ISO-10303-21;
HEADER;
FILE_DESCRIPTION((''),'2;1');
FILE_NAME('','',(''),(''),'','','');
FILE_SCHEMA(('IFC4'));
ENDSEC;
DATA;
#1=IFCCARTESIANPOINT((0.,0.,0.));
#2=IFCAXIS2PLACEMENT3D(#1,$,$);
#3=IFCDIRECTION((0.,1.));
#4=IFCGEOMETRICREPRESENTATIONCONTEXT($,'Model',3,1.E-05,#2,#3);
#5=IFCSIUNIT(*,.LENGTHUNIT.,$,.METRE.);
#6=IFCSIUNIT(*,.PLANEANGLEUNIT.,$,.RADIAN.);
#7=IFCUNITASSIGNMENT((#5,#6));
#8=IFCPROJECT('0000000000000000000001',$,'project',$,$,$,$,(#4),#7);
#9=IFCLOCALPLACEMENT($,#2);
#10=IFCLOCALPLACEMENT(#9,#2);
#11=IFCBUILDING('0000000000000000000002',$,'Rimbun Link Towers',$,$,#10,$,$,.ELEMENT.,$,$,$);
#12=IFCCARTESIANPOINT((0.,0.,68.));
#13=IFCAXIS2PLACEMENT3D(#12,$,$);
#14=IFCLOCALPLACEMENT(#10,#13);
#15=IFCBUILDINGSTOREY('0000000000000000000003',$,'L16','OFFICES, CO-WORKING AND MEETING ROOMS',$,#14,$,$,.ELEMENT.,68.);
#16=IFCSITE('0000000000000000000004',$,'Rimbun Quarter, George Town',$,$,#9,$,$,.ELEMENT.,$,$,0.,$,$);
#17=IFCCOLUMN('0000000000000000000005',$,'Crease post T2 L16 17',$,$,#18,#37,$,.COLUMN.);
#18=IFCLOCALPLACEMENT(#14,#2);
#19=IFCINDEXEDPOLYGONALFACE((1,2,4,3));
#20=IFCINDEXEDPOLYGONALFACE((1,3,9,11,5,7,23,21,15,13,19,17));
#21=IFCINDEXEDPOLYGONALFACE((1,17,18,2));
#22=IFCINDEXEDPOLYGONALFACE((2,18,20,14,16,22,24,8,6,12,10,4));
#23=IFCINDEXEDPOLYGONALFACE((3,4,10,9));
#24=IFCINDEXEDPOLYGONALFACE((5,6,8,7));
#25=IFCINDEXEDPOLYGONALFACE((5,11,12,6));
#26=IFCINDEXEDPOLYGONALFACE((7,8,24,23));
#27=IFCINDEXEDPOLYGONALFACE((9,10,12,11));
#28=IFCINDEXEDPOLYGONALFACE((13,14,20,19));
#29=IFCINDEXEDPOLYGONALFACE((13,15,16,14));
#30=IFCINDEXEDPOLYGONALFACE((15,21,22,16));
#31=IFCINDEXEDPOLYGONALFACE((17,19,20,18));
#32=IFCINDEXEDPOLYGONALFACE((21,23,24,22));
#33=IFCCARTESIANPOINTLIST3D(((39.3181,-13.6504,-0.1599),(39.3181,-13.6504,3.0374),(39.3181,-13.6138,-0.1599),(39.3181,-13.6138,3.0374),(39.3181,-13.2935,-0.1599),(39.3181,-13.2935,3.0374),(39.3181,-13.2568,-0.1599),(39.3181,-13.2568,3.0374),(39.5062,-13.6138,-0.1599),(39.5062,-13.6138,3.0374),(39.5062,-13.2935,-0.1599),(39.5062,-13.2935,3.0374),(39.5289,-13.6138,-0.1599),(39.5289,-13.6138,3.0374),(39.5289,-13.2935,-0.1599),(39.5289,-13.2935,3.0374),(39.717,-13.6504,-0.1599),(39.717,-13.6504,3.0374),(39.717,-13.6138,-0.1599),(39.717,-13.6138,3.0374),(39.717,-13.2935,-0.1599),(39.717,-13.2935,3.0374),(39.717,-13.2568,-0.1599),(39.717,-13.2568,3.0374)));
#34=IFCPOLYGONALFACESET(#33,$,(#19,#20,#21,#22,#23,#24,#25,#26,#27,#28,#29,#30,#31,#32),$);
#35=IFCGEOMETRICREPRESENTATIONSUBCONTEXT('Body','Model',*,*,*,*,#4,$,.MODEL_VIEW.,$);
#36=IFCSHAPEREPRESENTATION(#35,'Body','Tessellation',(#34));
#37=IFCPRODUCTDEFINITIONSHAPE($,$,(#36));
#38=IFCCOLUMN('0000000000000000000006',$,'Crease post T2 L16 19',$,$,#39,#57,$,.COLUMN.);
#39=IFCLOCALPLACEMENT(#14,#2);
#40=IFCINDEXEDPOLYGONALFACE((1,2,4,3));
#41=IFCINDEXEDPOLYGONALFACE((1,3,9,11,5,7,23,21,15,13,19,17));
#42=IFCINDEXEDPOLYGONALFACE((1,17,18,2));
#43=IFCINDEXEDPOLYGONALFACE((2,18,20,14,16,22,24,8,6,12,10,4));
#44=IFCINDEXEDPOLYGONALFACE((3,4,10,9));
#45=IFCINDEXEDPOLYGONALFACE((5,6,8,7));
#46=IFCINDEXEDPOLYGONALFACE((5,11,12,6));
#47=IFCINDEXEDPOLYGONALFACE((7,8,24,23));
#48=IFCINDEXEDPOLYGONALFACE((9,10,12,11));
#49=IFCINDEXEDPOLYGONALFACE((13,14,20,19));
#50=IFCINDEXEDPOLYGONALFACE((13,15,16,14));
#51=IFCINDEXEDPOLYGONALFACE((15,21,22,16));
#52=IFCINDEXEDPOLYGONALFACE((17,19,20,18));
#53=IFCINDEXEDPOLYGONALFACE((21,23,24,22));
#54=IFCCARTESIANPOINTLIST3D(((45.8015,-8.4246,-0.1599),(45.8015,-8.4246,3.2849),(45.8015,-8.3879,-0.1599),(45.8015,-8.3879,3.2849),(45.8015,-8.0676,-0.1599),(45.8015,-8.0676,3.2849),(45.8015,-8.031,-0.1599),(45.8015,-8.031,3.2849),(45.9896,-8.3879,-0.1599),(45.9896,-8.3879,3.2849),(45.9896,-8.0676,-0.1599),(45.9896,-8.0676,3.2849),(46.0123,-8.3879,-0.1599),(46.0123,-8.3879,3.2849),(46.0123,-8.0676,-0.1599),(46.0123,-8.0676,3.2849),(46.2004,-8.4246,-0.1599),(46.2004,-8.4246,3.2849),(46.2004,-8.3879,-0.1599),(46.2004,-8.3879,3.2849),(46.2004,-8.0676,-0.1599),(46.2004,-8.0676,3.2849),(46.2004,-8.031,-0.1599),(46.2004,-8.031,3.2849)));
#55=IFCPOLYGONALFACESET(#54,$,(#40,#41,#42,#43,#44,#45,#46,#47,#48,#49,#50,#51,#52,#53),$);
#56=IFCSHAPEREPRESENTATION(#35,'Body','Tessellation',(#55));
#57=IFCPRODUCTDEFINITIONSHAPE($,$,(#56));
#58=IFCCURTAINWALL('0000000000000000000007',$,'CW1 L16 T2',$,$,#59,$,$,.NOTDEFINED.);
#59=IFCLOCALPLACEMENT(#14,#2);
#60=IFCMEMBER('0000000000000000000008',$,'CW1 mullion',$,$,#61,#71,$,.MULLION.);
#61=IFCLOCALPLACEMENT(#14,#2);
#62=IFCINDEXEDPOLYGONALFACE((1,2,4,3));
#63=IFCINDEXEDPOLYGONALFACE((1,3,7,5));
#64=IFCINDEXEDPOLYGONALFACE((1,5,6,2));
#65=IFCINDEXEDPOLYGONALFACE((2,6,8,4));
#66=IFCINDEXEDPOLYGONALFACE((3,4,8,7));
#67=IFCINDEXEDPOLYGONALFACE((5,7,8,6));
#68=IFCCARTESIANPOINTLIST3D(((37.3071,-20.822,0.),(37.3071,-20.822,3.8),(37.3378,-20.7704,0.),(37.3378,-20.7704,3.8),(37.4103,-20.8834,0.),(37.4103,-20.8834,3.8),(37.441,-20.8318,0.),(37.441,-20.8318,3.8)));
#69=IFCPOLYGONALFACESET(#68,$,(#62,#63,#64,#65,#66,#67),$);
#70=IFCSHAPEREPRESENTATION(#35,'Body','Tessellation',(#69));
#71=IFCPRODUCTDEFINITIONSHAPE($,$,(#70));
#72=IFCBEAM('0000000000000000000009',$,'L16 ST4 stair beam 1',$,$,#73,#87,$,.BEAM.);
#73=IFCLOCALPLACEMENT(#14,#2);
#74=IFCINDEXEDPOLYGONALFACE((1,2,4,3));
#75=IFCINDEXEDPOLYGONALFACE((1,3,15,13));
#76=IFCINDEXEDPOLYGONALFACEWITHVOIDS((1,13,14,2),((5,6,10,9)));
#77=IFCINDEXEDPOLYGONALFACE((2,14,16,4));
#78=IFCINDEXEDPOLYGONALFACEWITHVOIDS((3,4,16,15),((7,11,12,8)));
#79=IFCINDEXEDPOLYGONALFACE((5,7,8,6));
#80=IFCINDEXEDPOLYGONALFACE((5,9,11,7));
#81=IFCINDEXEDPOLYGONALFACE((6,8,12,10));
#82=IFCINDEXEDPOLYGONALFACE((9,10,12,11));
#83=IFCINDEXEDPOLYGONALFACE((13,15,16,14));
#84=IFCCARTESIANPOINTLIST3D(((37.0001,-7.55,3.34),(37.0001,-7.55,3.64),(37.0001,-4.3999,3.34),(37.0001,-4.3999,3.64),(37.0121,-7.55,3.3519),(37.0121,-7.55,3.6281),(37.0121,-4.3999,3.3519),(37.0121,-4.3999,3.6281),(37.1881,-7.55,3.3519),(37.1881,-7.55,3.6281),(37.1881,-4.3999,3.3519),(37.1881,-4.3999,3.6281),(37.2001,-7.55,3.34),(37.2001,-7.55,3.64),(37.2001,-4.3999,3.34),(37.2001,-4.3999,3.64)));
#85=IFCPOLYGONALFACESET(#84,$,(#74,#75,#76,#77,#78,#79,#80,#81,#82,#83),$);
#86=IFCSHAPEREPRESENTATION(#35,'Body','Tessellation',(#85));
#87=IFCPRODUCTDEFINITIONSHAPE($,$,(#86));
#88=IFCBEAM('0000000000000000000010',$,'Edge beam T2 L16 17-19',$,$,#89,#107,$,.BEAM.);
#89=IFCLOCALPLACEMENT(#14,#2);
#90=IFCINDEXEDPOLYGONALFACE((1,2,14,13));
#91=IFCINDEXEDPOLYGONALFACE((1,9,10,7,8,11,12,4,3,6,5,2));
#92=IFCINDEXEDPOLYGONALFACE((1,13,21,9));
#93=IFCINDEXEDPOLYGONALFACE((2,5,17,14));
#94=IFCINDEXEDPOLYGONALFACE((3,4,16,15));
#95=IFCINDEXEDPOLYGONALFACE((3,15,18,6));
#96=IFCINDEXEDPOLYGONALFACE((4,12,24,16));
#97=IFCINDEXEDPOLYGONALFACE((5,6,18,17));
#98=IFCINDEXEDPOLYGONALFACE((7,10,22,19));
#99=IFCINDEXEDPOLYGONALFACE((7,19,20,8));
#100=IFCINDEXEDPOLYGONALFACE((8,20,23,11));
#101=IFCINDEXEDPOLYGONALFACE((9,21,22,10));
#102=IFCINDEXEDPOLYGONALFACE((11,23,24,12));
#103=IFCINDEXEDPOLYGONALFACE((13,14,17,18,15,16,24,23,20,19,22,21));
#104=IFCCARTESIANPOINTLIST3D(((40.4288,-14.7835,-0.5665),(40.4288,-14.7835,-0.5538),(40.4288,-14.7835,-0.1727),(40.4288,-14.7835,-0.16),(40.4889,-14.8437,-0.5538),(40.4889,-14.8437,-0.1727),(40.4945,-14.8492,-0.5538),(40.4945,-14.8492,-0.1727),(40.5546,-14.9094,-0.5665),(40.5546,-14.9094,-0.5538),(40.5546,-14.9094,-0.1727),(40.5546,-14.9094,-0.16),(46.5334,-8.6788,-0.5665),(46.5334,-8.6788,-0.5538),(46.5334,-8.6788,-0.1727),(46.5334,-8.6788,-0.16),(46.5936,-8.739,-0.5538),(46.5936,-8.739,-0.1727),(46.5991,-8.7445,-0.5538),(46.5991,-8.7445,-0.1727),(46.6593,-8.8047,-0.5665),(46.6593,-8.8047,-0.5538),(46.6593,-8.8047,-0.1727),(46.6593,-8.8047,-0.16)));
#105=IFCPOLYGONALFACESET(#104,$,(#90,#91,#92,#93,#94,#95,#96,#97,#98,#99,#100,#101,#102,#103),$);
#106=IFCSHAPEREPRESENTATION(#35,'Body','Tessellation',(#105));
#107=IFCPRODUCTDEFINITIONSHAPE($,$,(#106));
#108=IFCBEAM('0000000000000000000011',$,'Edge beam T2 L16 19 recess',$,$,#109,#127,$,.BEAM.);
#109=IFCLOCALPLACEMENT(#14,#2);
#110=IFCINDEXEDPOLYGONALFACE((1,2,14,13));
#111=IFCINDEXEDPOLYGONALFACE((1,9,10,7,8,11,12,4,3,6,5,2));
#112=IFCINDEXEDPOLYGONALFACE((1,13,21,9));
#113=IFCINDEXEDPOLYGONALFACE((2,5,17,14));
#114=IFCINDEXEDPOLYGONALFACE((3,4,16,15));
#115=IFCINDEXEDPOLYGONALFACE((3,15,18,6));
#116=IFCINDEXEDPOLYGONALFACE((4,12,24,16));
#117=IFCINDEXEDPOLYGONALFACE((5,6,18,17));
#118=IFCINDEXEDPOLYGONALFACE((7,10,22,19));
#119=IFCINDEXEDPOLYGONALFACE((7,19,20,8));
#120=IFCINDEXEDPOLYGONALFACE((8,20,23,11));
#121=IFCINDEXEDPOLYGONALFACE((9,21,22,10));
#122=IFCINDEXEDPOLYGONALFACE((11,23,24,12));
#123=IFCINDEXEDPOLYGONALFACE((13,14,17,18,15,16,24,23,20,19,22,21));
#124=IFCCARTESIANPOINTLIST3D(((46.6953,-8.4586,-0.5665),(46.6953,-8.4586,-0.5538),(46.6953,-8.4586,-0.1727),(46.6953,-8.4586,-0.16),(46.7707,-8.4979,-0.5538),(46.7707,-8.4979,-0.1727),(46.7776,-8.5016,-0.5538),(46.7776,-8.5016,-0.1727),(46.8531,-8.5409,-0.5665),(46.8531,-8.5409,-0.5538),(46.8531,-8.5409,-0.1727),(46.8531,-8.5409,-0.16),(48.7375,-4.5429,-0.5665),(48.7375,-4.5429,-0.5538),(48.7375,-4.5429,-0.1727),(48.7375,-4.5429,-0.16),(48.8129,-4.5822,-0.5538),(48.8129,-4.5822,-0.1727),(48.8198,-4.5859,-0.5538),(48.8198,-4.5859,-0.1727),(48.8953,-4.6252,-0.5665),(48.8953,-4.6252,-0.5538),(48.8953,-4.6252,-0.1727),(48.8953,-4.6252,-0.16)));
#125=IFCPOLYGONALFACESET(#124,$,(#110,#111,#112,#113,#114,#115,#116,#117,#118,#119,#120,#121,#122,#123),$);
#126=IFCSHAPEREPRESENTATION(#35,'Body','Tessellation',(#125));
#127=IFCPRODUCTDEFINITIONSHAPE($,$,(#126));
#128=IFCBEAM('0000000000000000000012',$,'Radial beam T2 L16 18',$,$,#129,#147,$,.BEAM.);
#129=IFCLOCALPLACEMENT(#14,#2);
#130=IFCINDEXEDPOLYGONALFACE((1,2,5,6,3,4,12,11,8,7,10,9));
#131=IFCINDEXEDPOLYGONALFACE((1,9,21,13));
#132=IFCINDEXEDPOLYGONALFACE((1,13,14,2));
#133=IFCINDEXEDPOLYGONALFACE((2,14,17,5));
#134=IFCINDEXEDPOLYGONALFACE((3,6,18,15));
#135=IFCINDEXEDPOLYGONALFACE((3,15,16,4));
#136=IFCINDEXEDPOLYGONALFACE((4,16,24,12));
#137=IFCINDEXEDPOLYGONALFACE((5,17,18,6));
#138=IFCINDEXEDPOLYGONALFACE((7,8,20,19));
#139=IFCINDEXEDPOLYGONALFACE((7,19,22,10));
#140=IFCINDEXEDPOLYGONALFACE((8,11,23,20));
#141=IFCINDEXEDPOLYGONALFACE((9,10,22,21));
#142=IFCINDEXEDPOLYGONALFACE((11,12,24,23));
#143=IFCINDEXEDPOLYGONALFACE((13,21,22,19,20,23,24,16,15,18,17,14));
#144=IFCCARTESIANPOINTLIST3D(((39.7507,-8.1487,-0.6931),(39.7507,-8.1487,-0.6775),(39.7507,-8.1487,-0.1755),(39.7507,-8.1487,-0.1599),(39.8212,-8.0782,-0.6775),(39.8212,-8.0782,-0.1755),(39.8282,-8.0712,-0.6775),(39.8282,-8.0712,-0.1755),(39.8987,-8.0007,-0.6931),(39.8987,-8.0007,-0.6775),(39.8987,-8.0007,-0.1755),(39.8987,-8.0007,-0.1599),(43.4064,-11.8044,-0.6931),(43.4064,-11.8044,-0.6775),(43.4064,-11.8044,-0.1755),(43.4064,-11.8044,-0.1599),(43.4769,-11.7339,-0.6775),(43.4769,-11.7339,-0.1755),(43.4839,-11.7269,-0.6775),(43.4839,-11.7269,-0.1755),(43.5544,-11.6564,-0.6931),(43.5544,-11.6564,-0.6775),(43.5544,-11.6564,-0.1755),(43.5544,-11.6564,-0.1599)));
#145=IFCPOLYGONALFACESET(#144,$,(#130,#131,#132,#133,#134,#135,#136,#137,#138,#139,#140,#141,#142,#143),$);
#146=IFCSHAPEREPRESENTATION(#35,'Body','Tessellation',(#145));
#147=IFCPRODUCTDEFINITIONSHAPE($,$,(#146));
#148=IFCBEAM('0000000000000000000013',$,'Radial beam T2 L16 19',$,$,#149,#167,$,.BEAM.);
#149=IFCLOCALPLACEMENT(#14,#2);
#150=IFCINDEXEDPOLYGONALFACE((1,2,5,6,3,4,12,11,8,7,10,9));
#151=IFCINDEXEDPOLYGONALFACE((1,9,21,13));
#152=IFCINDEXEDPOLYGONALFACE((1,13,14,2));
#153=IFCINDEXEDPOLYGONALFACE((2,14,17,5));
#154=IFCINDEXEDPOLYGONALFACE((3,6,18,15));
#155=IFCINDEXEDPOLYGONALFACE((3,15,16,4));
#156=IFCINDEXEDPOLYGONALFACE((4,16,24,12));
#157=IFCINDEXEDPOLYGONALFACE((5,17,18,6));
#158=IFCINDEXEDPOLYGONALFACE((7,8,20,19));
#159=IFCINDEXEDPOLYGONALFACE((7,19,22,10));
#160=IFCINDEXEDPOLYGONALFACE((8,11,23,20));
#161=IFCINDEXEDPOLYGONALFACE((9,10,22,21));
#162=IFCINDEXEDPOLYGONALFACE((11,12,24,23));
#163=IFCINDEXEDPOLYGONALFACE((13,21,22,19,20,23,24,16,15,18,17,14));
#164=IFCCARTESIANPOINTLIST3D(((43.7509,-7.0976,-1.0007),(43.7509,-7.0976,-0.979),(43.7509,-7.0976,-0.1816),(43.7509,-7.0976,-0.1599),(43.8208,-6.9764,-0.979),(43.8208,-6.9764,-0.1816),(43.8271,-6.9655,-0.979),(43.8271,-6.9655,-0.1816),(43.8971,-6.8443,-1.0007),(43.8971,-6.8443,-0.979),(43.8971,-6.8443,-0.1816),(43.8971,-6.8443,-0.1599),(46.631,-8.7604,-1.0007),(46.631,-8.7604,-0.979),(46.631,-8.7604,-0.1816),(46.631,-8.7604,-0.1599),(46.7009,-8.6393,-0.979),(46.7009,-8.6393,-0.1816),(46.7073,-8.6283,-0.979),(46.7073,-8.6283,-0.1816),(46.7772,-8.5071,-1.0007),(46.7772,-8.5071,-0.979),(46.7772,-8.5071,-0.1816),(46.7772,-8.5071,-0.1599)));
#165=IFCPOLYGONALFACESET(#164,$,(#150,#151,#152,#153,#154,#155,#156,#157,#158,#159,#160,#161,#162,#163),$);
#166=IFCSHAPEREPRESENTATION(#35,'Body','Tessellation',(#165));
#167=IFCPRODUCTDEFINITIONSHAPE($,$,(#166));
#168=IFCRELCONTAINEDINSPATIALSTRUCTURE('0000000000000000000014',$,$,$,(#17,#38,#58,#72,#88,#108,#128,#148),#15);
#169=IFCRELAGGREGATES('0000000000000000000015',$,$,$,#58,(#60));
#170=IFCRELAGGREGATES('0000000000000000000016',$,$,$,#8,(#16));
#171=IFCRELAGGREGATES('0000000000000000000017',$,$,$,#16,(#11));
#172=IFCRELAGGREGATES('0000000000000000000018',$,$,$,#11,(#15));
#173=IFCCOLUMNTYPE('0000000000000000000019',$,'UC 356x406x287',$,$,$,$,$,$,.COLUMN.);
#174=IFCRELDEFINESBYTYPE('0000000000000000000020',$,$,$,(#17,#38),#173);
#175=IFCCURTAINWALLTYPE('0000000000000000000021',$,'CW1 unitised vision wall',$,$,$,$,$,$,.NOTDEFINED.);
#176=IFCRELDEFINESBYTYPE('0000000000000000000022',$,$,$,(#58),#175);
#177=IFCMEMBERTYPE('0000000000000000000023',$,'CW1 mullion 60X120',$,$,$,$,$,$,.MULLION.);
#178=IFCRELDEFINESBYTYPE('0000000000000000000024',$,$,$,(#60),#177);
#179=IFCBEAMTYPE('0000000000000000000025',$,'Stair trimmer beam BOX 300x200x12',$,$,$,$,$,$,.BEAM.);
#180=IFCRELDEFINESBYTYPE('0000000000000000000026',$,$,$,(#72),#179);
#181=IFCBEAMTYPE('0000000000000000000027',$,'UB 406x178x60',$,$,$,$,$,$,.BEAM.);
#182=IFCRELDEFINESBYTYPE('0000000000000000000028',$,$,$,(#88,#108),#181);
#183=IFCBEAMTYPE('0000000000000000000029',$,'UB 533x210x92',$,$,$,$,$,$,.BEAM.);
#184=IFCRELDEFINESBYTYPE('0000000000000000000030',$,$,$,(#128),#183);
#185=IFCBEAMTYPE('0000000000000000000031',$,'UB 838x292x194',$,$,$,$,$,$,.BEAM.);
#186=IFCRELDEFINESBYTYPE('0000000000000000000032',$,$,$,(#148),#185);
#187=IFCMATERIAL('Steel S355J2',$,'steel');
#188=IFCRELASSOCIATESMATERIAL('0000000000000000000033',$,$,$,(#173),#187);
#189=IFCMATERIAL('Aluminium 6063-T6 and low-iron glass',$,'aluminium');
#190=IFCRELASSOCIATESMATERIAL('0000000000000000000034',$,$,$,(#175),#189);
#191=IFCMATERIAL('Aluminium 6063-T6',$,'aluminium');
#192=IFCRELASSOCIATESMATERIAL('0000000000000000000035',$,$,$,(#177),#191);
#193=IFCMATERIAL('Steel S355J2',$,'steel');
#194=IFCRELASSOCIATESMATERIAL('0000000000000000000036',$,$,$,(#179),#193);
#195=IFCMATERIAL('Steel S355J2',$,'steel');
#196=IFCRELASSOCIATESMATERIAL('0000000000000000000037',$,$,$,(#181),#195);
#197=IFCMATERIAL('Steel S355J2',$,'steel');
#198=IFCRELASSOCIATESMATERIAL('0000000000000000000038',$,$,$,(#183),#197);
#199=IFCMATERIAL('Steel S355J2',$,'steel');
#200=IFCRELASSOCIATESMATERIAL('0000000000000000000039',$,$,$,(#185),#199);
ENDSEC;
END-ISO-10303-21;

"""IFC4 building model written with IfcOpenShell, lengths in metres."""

from ifc_helpers import new_model, si_unit, direction, frame, origin, origin_2d, place, context, subcontext, project, spatial, rectangle, hollow_rectangle, i_section, extrude, material, material_profile, profile_set, type_object, element, aggregate, save


model = new_model("IFC4")

# Units and contexts
model_context = context("Model", 3, precision=1e-05, world=origin(), true_north=direction((0.0, 1.0)))
body_context = subcontext(model_context, "Body", "Model", "MODEL_VIEW")
ifc_project = project(units=[si_unit("LENGTHUNIT", "METRE"), si_unit("PLANEANGLEUNIT", "RADIAN")], contexts=[model_context])

# Site, building, storey
site_placement = place(None, origin())
site = spatial("IfcSite", under=ifc_project, at=site_placement, Name="Rimbun Quarter, George Town", CompositionType="ELEMENT", RefElevation=0.0)
building_placement = place(site_placement, origin())
building = spatial("IfcBuilding", under=site, at=building_placement, Name="Rimbun Link Towers", CompositionType="ELEMENT")
storey_placement = place(building_placement, frame((0.0, 0.0, 68.0)))
storey = spatial("IfcBuildingStorey", under=building, at=storey_placement, Name="L16", Description="OFFICES, CO-WORKING AND MEETING ROOMS", CompositionType="ELEMENT", Elevation=68.0)

# Columns
ifc_material_1 = material(Name="Steel S355J2", Category="steel")
ifc_material_profile_1 = material_profile(ifc_material_1, i_section(OverallWidth=0.3989, OverallDepth=0.3936, WebThickness=0.0227, FlangeThickness=0.0366, at=origin_2d()), Name="UC 356x406x287")
ifc_profile_set_1 = profile_set([ifc_material_profile_1], Name="Steel S355J2")
column_type = type_object("IfcColumnType", Name="UC 356x406x287", PredefinedType="COLUMN", material=ifc_profile_set_1)
column_1_placement = place(storey_placement, frame((39.5176, -13.4536, -0.1599), z_axis=(0.0, 0.0, 1.0), x_axis=(1.0, 0.0, 0.0)))
element("IfcColumn", 1, at=column_1_placement, inside=storey, type_object=column_type, Name="Crease post T2 L16 17", PredefinedType="COLUMN", context=body_context, shape_type="SweptSolid", body=[
    extrude(i_section(OverallWidth=0.3989, OverallDepth=0.3936, WebThickness=0.0227, FlangeThickness=0.0366, at=origin_2d()), origin(), (0.0, 0.0, 1.0), 3.1973),
])
column_2_placement = place(storey_placement, frame((46.001, -8.2278, -0.1599), z_axis=(0.0, 0.0, 1.0), x_axis=(1.0, 0.0, 0.0)))
element("IfcColumn", 2, at=column_2_placement, inside=storey, type_object=column_type, Name="Crease post T2 L16 19", PredefinedType="COLUMN", context=body_context, shape_type="SweptSolid", body=[
    extrude(i_section(OverallWidth=0.3989, OverallDepth=0.3936, WebThickness=0.0227, FlangeThickness=0.0366, at=origin_2d()), origin(), (0.0, 0.0, 1.0), 3.4448),
])

# Curtain wall, member
ifc_material_2 = material(Name="Aluminium 6063-T6 and low-iron glass", Category="aluminium")
curtain_wall_type = type_object("IfcCurtainWallType", Name="CW1 unitised vision wall", PredefinedType="NOTDEFINED", material=ifc_material_2)
curtain_wall_placement = place(storey_placement, origin())
curtain_wall = element("IfcCurtainWall", 3, at=curtain_wall_placement, inside=storey, type_object=curtain_wall_type, Name="CW1 L16 T2", PredefinedType="NOTDEFINED")
ifc_material_3 = material(Name="Aluminium 6063-T6", Category="aluminium")
ifc_material_profile_2 = material_profile(ifc_material_3, rectangle(XDim=0.1201, YDim=0.0601, at=origin_2d()), Name="MULLION 60X120")
ifc_profile_set_2 = profile_set([ifc_material_profile_2], Name="Aluminium 6063-T6")
member_type = type_object("IfcMemberType", Name="CW1 mullion 60X120", PredefinedType="MULLION", material=ifc_profile_set_2)
member_placement = place(storey_placement, frame((37.374, -20.8269, 0.0), z_axis=(0.0, 0.0, 1.0), x_axis=(0.859189, -0.511659, 0.0)))
member = element("IfcMember", 4, at=member_placement, type_object=member_type, Name="CW1 mullion", PredefinedType="MULLION", context=body_context, shape_type="SweptSolid", body=[
    extrude(rectangle(XDim=0.1201, YDim=0.0601, at=origin_2d()), origin(), (0.0, 0.0, 1.0), 3.8),
])
aggregate(curtain_wall, [member])

# Beams
ifc_material_4 = material(Name="Steel S355J2", Category="steel")
ifc_material_profile_3 = material_profile(ifc_material_4, hollow_rectangle(XDim=0.2, YDim=0.3, WallThickness=0.012, at=origin_2d()), Name="BOX 300x200x12")
ifc_profile_set_3 = profile_set([ifc_material_profile_3], Name="Steel S355J2")
beam_type_1 = type_object("IfcBeamType", Name="Stair trimmer beam BOX 300x200x12", PredefinedType="BEAM", material=ifc_profile_set_3)
beam_1_placement = place(storey_placement, frame((37.1001, -7.55, 3.49), z_axis=(0.0, 1.0, 0.0), x_axis=(-1.0, 0.0, 0.0)))
element("IfcBeam", 5, at=beam_1_placement, inside=storey, type_object=beam_type_1, Name="L16 ST4 stair beam 1", PredefinedType="BEAM", context=body_context, shape_type="SweptSolid", body=[
    extrude(hollow_rectangle(XDim=0.2, YDim=0.3, WallThickness=0.012, at=origin_2d()), origin(), (0.0, 0.0, 1.0), 3.1501),
])
ifc_material_5 = material(Name="Steel S355J2", Category="steel")
ifc_material_profile_4 = material_profile(ifc_material_5, i_section(OverallWidth=0.178, OverallDepth=0.4065, WebThickness=0.0078, FlangeThickness=0.0127, at=origin_2d()), Name="UB 406x178x60")
ifc_profile_set_4 = profile_set([ifc_material_profile_4], Name="Steel S355J2")
beam_type_2 = type_object("IfcBeamType", Name="UB 406x178x60", PredefinedType="BEAM", material=ifc_profile_set_4)
beam_2_placement = place(storey_placement, frame((40.4917, -14.8464, -0.3633), z_axis=(0.707107, 0.707107, 0.0), x_axis=(-0.707107, 0.707107, 0.0)))
element("IfcBeam", 6, at=beam_2_placement, inside=storey, type_object=beam_type_2, Name="Edge beam T2 L16 17-19", PredefinedType="BEAM", context=body_context, shape_type="SweptSolid", body=[
    extrude(i_section(OverallWidth=0.178, OverallDepth=0.4065, WebThickness=0.0078, FlangeThickness=0.0127, at=origin_2d()), origin(), (0.0, 0.0, 1.0), 8.6333),
])
beam_3_placement = place(storey_placement, frame((46.7742, -8.4998, -0.3633), z_axis=(0.462428, 0.886657, 0.0), x_axis=(-0.886657, 0.462428, 0.0)))
element("IfcBeam", 7, at=beam_3_placement, inside=storey, type_object=beam_type_2, Name="Edge beam T2 L16 19 recess", PredefinedType="BEAM", context=body_context, shape_type="SweptSolid", body=[
    extrude(i_section(OverallWidth=0.178, OverallDepth=0.4065, WebThickness=0.0078, FlangeThickness=0.0127, at=origin_2d()), origin(), (0.0, 0.0, 1.0), 4.4163),
])
ifc_material_6 = material(Name="Steel S355J2", Category="steel")
ifc_material_profile_5 = material_profile(ifc_material_6, i_section(OverallWidth=0.2092, OverallDepth=0.5332, WebThickness=0.01, FlangeThickness=0.0156, at=origin_2d()), Name="UB 533x210x92")
ifc_profile_set_5 = profile_set([ifc_material_profile_5], Name="Steel S355J2")
beam_type_3 = type_object("IfcBeamType", Name="UB 533x210x92", PredefinedType="BEAM", material=ifc_profile_set_5)
beam_4_placement = place(storey_placement, frame((39.8247, -8.0747, -0.4265), z_axis=(0.707107, -0.707107, 0.0), x_axis=(0.707107, 0.707107, 0.0)))
element("IfcBeam", 8, at=beam_4_placement, inside=storey, type_object=beam_type_3, Name="Radial beam T2 L16 18", PredefinedType="BEAM", context=body_context, shape_type="SweptSolid", body=[
    extrude(i_section(OverallWidth=0.2092, OverallDepth=0.5332, WebThickness=0.01, FlangeThickness=0.0156, at=origin_2d()), origin(), (0.0, 0.0, 1.0), 5.1699),
])
ifc_material_7 = material(Name="Steel S355J2", Category="steel")
ifc_material_profile_6 = material_profile(ifc_material_7, i_section(OverallWidth=0.2925, OverallDepth=0.8408, WebThickness=0.0127, FlangeThickness=0.0217, at=origin_2d()), Name="UB 838x292x194")
ifc_profile_set_6 = profile_set([ifc_material_profile_6], Name="Steel S355J2")
beam_type_4 = type_object("IfcBeamType", Name="UB 838x292x194", PredefinedType="BEAM", material=ifc_profile_set_6)
beam_5_placement = place(storey_placement, frame((43.824, -6.9709, -0.5803), z_axis=(0.866025, -0.5, 0.0), x_axis=(0.5, 0.866025, 0.0)))
element("IfcBeam", 9, at=beam_5_placement, inside=storey, type_object=beam_type_4, Name="Radial beam T2 L16 19", PredefinedType="BEAM", context=body_context, shape_type="SweptSolid", body=[
    extrude(i_section(OverallWidth=0.2925, OverallDepth=0.8408, WebThickness=0.0127, FlangeThickness=0.0217, at=origin_2d()), origin(), (0.0, 0.0, 1.0), 3.3257),
])

save(model, "model.ifc")
